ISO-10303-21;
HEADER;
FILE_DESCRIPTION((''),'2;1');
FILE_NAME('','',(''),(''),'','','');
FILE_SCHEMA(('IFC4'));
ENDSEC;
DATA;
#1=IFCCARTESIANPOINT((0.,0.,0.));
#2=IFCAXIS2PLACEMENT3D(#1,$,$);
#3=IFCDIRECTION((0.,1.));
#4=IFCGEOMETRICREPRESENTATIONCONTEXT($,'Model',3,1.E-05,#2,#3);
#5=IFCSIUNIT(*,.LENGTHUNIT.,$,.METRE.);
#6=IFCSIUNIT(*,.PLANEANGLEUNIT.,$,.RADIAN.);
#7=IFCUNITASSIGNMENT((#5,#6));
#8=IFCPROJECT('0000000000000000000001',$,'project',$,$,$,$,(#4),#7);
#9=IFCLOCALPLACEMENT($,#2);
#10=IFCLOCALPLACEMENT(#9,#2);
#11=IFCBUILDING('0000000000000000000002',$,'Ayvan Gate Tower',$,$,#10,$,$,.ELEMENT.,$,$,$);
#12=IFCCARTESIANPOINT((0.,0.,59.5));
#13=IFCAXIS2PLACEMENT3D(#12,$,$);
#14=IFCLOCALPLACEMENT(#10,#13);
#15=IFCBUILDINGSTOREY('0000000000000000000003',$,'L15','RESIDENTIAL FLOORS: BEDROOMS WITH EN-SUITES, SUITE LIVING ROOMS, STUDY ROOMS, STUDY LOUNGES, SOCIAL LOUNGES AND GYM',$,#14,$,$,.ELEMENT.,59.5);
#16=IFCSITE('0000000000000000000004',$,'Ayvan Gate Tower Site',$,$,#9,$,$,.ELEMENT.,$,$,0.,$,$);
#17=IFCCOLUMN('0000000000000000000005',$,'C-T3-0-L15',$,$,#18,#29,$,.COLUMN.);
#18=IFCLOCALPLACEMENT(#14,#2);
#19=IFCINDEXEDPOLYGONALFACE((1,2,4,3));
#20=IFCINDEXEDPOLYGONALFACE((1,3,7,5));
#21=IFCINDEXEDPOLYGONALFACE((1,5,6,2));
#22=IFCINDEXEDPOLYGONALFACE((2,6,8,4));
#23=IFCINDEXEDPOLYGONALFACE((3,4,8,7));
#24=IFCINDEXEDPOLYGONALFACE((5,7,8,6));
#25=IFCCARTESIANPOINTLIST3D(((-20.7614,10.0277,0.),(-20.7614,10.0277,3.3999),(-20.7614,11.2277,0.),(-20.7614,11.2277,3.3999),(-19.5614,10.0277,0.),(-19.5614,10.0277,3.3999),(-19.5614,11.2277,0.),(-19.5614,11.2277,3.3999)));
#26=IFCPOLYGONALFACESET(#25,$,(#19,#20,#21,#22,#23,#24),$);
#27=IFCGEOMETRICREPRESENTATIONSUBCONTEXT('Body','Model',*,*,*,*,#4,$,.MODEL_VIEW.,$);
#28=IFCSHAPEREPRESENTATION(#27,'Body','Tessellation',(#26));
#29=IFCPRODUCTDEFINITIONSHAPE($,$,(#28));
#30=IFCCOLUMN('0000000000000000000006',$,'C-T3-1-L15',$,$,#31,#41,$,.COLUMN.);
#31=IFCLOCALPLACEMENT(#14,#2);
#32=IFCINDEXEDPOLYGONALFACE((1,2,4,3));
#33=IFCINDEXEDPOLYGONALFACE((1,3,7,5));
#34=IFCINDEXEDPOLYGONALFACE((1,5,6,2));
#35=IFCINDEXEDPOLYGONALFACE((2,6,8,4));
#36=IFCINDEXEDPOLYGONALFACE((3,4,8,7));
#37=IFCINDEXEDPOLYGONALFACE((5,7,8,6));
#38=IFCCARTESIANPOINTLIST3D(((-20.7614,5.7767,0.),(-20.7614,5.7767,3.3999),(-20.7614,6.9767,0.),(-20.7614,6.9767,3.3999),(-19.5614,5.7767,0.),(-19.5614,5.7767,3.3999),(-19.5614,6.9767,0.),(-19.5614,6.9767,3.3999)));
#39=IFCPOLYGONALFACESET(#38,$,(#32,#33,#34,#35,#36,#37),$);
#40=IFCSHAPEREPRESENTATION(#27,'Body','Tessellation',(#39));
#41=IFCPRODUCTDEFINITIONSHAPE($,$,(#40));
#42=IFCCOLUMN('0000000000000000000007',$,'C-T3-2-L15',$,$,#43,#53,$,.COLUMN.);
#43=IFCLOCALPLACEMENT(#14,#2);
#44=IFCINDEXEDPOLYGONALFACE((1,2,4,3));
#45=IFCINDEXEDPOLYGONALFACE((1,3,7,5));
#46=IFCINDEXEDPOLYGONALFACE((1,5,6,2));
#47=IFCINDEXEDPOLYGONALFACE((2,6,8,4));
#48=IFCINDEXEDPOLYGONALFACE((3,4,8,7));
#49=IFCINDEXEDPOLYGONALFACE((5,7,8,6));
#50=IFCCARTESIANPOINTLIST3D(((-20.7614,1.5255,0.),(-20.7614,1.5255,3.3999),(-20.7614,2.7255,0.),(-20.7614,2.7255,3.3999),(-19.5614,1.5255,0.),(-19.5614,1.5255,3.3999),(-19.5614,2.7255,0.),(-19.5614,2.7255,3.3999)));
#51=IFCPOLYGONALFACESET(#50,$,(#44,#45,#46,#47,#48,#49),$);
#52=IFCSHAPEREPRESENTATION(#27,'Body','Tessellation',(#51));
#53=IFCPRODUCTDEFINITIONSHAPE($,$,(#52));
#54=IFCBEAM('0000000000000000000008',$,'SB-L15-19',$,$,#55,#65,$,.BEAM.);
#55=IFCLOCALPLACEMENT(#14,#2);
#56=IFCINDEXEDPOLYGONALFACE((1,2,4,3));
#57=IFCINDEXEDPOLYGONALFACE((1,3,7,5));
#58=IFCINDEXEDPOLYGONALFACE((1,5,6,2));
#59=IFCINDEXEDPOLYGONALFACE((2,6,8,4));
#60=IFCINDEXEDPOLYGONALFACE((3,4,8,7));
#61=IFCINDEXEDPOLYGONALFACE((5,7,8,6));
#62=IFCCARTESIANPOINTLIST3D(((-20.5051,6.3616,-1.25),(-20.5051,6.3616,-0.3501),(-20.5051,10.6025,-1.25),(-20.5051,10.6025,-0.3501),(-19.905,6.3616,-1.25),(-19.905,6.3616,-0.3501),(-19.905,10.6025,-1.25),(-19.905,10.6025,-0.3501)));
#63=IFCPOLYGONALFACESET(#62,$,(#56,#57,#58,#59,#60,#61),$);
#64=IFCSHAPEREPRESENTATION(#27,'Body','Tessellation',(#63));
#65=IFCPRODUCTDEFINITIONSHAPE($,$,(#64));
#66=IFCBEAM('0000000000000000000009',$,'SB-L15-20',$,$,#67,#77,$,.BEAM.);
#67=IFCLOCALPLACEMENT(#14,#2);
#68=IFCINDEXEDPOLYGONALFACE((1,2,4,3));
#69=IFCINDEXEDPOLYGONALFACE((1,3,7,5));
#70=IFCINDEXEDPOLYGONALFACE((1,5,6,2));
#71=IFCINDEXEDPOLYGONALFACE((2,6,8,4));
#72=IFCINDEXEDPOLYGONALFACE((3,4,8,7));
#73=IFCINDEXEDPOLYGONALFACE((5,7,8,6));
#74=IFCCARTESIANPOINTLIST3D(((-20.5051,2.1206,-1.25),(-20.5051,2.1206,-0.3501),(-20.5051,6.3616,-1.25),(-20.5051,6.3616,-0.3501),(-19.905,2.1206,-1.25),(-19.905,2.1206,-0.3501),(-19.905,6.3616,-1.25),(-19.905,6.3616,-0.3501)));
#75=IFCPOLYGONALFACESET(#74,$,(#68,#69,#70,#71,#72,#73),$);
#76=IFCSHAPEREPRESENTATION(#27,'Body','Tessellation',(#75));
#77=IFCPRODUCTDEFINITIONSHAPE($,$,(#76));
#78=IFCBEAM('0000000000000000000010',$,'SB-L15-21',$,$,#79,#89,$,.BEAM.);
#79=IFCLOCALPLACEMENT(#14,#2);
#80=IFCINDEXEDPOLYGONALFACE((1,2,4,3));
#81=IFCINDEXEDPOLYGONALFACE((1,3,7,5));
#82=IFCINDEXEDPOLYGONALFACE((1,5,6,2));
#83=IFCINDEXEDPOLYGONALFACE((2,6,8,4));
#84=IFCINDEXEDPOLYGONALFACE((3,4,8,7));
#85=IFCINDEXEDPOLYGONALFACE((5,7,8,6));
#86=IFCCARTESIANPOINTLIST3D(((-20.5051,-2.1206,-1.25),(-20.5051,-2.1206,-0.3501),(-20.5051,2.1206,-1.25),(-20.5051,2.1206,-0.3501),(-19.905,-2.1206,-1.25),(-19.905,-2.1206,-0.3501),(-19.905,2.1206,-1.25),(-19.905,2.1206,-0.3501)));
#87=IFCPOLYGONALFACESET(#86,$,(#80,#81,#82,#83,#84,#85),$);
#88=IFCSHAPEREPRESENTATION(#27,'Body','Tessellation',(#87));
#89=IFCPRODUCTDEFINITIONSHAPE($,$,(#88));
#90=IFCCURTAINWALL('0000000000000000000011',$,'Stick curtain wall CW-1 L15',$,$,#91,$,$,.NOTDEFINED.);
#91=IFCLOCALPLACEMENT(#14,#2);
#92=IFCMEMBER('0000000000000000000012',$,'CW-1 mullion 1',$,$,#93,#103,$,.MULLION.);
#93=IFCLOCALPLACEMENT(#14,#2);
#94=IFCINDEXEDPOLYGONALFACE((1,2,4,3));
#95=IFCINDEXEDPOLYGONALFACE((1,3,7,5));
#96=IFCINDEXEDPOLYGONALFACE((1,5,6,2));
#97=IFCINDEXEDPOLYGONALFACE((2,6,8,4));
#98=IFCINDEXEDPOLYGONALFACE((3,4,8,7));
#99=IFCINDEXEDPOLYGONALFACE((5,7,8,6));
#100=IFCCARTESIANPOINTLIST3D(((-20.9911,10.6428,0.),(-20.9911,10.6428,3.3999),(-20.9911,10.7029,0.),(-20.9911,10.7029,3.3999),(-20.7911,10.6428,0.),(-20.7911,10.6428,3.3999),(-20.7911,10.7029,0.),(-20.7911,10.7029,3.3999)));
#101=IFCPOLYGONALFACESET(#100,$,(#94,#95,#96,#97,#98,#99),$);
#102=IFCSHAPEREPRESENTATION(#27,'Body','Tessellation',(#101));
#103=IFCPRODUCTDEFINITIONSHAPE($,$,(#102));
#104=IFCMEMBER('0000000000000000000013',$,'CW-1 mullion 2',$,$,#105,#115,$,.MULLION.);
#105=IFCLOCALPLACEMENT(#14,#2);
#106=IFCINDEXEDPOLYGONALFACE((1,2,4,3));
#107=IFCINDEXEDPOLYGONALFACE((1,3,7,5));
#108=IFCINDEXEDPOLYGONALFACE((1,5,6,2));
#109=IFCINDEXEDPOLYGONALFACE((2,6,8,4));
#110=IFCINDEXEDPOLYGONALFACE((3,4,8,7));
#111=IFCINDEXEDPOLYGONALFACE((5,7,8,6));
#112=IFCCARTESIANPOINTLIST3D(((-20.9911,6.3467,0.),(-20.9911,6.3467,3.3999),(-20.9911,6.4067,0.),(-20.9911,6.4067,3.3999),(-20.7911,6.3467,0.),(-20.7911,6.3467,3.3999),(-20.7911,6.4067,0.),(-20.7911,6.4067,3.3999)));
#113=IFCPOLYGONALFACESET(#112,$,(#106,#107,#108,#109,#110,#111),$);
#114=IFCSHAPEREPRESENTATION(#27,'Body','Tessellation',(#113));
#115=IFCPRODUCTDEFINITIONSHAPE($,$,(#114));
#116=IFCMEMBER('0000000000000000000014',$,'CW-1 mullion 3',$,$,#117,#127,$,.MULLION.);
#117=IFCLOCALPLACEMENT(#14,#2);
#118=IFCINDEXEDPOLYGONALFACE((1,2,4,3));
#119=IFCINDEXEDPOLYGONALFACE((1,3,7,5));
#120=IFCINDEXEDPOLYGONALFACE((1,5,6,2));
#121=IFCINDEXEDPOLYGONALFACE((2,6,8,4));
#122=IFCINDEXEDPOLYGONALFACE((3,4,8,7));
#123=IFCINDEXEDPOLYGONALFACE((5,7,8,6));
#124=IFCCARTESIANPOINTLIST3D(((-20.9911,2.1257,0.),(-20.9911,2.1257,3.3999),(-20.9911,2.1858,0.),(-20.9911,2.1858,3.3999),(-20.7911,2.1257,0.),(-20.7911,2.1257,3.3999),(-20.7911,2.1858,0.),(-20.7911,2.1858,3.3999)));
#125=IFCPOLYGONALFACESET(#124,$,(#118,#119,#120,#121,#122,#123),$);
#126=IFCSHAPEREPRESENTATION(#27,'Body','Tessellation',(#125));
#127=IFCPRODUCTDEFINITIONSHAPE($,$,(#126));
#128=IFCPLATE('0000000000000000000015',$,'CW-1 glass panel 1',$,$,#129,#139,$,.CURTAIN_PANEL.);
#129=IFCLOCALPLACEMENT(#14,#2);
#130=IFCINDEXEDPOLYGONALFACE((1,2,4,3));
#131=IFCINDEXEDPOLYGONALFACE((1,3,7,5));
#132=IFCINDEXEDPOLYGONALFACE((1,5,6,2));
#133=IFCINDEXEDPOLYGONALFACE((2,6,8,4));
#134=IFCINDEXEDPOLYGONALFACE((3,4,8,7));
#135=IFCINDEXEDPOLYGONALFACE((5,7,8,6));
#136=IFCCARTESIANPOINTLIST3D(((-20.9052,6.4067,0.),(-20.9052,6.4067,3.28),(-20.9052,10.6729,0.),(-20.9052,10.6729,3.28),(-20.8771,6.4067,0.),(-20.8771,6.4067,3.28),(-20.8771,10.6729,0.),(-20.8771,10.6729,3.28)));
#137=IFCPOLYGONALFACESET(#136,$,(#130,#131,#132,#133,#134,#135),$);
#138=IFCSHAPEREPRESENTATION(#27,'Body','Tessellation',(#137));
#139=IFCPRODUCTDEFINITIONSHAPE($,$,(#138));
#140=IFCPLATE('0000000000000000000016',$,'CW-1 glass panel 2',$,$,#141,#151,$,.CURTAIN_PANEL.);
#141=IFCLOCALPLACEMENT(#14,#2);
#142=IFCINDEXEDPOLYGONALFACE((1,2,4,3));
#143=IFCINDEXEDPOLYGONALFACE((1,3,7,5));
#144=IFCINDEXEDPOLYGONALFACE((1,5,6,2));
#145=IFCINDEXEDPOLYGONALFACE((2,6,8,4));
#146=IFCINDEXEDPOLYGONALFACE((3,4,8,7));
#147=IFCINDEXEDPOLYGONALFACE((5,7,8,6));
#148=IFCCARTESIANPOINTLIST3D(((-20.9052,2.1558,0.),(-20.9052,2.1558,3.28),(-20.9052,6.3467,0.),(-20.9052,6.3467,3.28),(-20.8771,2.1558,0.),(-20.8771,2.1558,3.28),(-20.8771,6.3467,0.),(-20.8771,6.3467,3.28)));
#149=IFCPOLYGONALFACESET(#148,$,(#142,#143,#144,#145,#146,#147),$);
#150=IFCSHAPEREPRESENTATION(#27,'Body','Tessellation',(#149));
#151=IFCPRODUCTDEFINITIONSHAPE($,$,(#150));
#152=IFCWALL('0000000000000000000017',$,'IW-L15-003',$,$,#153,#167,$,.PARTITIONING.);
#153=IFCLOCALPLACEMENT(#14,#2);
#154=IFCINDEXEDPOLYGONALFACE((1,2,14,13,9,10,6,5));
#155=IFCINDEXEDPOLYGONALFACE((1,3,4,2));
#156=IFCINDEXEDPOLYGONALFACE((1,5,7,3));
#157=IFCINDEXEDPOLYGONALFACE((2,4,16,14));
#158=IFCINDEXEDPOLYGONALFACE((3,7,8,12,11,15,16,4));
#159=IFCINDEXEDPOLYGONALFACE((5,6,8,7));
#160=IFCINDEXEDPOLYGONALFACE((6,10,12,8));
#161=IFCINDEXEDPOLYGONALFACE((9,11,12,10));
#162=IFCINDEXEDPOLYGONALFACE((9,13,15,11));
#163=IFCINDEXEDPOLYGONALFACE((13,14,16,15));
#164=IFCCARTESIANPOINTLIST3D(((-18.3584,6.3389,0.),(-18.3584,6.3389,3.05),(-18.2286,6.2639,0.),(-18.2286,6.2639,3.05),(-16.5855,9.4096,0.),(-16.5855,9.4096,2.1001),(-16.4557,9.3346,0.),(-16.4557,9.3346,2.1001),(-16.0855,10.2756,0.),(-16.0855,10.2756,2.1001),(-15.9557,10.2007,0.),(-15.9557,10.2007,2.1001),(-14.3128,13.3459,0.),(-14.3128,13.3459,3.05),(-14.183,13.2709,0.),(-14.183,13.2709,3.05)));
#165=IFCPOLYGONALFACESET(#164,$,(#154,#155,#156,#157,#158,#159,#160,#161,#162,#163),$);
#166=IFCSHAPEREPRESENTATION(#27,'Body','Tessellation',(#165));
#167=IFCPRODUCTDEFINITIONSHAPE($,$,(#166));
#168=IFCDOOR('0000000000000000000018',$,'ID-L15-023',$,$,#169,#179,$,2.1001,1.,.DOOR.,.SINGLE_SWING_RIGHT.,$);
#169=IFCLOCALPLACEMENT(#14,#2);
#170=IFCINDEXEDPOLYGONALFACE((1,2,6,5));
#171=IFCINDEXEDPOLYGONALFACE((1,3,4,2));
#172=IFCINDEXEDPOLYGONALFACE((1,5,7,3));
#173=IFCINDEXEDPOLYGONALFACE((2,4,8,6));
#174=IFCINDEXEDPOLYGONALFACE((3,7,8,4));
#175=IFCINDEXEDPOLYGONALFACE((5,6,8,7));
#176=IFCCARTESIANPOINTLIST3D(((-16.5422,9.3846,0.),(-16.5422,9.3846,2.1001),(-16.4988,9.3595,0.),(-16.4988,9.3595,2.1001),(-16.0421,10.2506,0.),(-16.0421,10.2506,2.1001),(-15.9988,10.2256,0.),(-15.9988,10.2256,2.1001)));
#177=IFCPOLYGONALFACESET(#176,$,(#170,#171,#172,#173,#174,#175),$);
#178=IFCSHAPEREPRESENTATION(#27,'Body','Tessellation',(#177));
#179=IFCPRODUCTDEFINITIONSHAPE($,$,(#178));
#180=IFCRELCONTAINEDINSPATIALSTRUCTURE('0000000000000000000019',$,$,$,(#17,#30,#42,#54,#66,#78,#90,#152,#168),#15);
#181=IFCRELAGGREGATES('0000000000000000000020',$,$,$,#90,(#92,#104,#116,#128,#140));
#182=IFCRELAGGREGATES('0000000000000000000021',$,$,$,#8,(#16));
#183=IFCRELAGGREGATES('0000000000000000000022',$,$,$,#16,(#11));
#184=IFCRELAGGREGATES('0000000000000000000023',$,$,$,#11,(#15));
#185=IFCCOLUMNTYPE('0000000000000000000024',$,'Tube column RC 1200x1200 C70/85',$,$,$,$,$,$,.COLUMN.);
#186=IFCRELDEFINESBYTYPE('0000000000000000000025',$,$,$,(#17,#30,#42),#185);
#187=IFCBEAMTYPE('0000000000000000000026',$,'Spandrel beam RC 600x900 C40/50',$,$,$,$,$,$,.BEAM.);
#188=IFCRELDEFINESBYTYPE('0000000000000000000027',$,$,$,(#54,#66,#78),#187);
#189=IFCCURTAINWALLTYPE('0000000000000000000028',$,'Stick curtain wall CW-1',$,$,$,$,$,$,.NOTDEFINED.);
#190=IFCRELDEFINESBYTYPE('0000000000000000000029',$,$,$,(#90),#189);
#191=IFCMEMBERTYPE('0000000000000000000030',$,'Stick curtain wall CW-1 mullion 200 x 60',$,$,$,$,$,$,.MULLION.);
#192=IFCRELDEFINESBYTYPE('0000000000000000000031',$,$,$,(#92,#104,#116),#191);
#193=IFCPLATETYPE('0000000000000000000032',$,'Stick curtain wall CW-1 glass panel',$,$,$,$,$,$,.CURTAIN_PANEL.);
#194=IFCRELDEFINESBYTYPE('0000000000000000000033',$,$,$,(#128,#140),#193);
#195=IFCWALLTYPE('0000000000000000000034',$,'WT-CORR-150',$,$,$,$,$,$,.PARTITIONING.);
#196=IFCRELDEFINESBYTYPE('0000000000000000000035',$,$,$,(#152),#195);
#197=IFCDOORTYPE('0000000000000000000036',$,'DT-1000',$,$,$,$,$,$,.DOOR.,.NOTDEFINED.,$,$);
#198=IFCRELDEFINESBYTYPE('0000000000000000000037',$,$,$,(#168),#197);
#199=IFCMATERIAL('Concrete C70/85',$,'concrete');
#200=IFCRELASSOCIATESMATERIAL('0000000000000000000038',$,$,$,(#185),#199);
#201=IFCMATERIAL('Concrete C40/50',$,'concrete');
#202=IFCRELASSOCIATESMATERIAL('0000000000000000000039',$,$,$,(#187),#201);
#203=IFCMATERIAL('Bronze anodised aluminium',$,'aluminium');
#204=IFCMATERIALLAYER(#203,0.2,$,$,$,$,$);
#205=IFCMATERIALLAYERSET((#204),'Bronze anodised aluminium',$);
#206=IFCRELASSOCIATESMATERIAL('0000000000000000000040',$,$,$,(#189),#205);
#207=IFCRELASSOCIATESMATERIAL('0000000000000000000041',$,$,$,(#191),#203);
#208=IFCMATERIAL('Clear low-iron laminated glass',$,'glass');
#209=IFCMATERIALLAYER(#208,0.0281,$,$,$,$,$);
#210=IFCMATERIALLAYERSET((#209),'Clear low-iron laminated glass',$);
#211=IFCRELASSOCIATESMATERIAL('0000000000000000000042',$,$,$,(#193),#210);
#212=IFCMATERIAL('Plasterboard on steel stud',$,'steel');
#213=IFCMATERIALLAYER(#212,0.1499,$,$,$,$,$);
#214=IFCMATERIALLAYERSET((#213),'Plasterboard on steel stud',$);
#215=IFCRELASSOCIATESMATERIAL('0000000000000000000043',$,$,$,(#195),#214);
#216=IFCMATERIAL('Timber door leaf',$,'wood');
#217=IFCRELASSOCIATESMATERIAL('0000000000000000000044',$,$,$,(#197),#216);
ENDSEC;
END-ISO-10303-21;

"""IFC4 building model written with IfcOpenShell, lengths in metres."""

from ifc_helpers import new_model, si_unit, direction, frame, frame_2d, origin, origin_2d, place, context, subcontext, project, spatial, rectangle, extrude, material, layer, layer_set, material_profile, profile_set, type_object, element, fill, aggregate, save


model = new_model("IFC4")

# Units and contexts
model_context = context("Model", 3, precision=1e-05, world=origin(), true_north=direction((0.0, 1.0)))
body_context = subcontext(model_context, "Body", "Model", "MODEL_VIEW")
ifc_project = project(units=[si_unit("LENGTHUNIT", "METRE"), si_unit("PLANEANGLEUNIT", "RADIAN")], contexts=[model_context])

# Site, building, storey
site_placement = place(None, origin())
site = spatial("IfcSite", under=ifc_project, at=site_placement, Name="Ayvan Gate Tower Site", CompositionType="ELEMENT", RefElevation=0.0)
building_placement = place(site_placement, origin())
building = spatial("IfcBuilding", under=site, at=building_placement, Name="Ayvan Gate Tower", CompositionType="ELEMENT")
storey_placement = place(building_placement, frame((0.0, 0.0, 59.5)))
storey = spatial("IfcBuildingStorey", under=building, at=storey_placement, Name="L15", Description="RESIDENTIAL FLOORS: BEDROOMS WITH EN-SUITES, SUITE LIVING ROOMS, STUDY ROOMS, STUDY LOUNGES, SOCIAL LOUNGES AND GYM", CompositionType="ELEMENT", Elevation=59.5)

# Columns
ifc_material_1 = material(Name="Concrete C70/85", Category="concrete")
ifc_material_profile_1 = material_profile(ifc_material_1, rectangle(XDim=1.2, YDim=1.2, at=origin_2d()), Name="RC 1200x1200")
ifc_profile_set_1 = profile_set([ifc_material_profile_1], Name="Concrete C70/85")
column_type = type_object("IfcColumnType", Name="Tube column RC 1200x1200 C70/85", PredefinedType="COLUMN", material=ifc_profile_set_1)
for number, where, z_axis, x_axis, name in (
    (1, (-20.1614, 10.6277, 0.0), (0.0, 0.0, 1.0), (-1.0, 0.0, 0.0), "C-T3-0-L15"),
    (2, (-20.1614, 6.3767, 0.0), (0.0, 0.0, 1.0), (-1.0, 0.0, 0.0), "C-T3-1-L15"),
    (3, (-20.1614, 2.1255, 0.0), (0.0, 0.0, 1.0), (-1.0, 0.0, 0.0), "C-T3-2-L15"),
):
    element("IfcColumn", number, at=place(storey_placement, frame(where, z_axis=z_axis, x_axis=x_axis)), inside=storey, type_object=column_type, Name=name, PredefinedType="COLUMN", context=body_context, shape_type="SweptSolid", body=[
        extrude(rectangle(XDim=1.2, YDim=1.2, at=origin_2d()), origin(), (0.0, 0.0, 1.0), 3.3999),
    ])

# Beams
ifc_material_2 = material(Name="Concrete C40/50", Category="concrete")
ifc_material_profile_2 = material_profile(ifc_material_2, rectangle(XDim=0.6001, YDim=0.8999, at=origin_2d()), Name="RC 600x900")
ifc_profile_set_2 = profile_set([ifc_material_profile_2], Name="Concrete C40/50")
beam_type = type_object("IfcBeamType", Name="Spandrel beam RC 600x900 C40/50", PredefinedType="BEAM", material=ifc_profile_set_2)
for number, where, z_axis, x_axis, name in (
    (4, (-20.2051, 10.6025, -0.8), (0.0, -1.0, 0.0), (1.0, 0.0, 0.0), "SB-L15-19"),
    (5, (-20.2051, 6.3616, -0.8), (0.0, -1.0, 0.0), (1.0, 0.0, 0.0), "SB-L15-20"),
):
    element("IfcBeam", number, at=place(storey_placement, frame(where, z_axis=z_axis, x_axis=x_axis)), inside=storey, type_object=beam_type, Name=name, PredefinedType="BEAM", context=body_context, shape_type="SweptSolid", body=[
        extrude(rectangle(XDim=0.6001, YDim=0.8999, at=origin_2d()), origin(), (0.0, 0.0, 1.0), 4.241),
    ])
beam_placement = place(storey_placement, frame((-20.2051, 2.1206, -0.8), z_axis=(0.0, -1.0, 0.0), x_axis=(1.0, 0.0, 0.0)))
element("IfcBeam", 6, at=beam_placement, inside=storey, type_object=beam_type, Name="SB-L15-21", PredefinedType="BEAM", context=body_context, shape_type="SweptSolid", body=[
    extrude(rectangle(XDim=0.6001, YDim=0.8999, at=origin_2d()), origin(), (0.0, 0.0, 1.0), 4.2412),
])

# Curtain wall, members, plates
ifc_material_3 = material(Name="Bronze anodised aluminium", Category="aluminium")
ifc_layer_1 = layer(ifc_material_3, 0.2)
ifc_layer_set_1 = layer_set([ifc_layer_1], Name="Bronze anodised aluminium")
curtain_wall_type = type_object("IfcCurtainWallType", Name="Stick curtain wall CW-1", PredefinedType="NOTDEFINED", material=ifc_layer_set_1)
curtain_wall_placement = place(storey_placement, origin())
curtain_wall = element("IfcCurtainWall", 7, at=curtain_wall_placement, inside=storey, type_object=curtain_wall_type, Name="Stick curtain wall CW-1 L15", PredefinedType="NOTDEFINED")
ifc_material_profile_3 = material_profile(ifc_material_3, rectangle(XDim=0.2, YDim=0.0601, at=origin_2d()), Name="Stick curtain wall CW-1 mullion 200 x 60")
ifc_profile_set_3 = profile_set([ifc_material_profile_3], Name="Bronze anodised aluminium")
member_type = type_object("IfcMemberType", Name="Stick curtain wall CW-1 mullion 200 x 60", PredefinedType="MULLION", material=ifc_profile_set_3)
member_1_placement = place(storey_placement, frame((-20.8911, 10.6729, 0.0), z_axis=(0.0, 0.0, 1.0), x_axis=(-1.0, 0.0, 0.0)))
member_1 = element("IfcMember", 8, at=member_1_placement, type_object=member_type, Name="CW-1 mullion 1", PredefinedType="MULLION", context=body_context, shape_type="SweptSolid", body=[
    extrude(rectangle(XDim=0.2, YDim=0.0601, at=origin_2d()), origin(), (0.0, 0.0, 1.0), 3.3999),
])
member_2_placement = place(storey_placement, frame((-20.8911, 6.3767, 0.0), z_axis=(0.0, 0.0, 1.0), x_axis=(-1.0, 0.0, 0.0)))
member_2 = element("IfcMember", 9, at=member_2_placement, type_object=member_type, Name="CW-1 mullion 2", PredefinedType="MULLION", context=body_context, shape_type="SweptSolid", body=[
    extrude(rectangle(XDim=0.2, YDim=0.0601, at=origin_2d()), origin(), (0.0, 0.0, 1.0), 3.3999),
])
member_3_placement = place(storey_placement, frame((-20.8911, 2.1558, 0.0), z_axis=(0.0, 0.0, 1.0), x_axis=(-1.0, 0.0, 0.0)))
member_3 = element("IfcMember", 10, at=member_3_placement, type_object=member_type, Name="CW-1 mullion 3", PredefinedType="MULLION", context=body_context, shape_type="SweptSolid", body=[
    extrude(rectangle(XDim=0.2, YDim=0.0601, at=origin_2d()), origin(), (0.0, 0.0, 1.0), 3.3999),
])
ifc_material_4 = material(Name="Clear low-iron laminated glass", Category="glass")
ifc_layer_2 = layer(ifc_material_4, 0.0281)
ifc_layer_set_2 = layer_set([ifc_layer_2], Name="Clear low-iron laminated glass")
plate_type = type_object("IfcPlateType", Name="Stick curtain wall CW-1 glass panel", PredefinedType="CURTAIN_PANEL", material=ifc_layer_set_2)
plate_1_placement = place(storey_placement, frame((-20.8911, 8.5398, 0.0), z_axis=(0.0, 0.0, 1.0), x_axis=(0.0, -1.0, 0.0)))
plate_1 = element("IfcPlate", 11, at=plate_1_placement, type_object=plate_type, Name="CW-1 glass panel 1", PredefinedType="CURTAIN_PANEL", context=body_context, shape_type="SweptSolid", body=[
    extrude(rectangle(XDim=4.2661, YDim=0.0281, at=origin_2d()), origin(), (0.0, 0.0, 1.0), 3.28),
])
plate_2_placement = place(storey_placement, frame((-20.8911, 4.2512, 0.0), z_axis=(0.0, 0.0, 1.0), x_axis=(0.0, -1.0, 0.0)))
plate_2 = element("IfcPlate", 12, at=plate_2_placement, type_object=plate_type, Name="CW-1 glass panel 2", PredefinedType="CURTAIN_PANEL", context=body_context, shape_type="SweptSolid", body=[
    extrude(rectangle(XDim=4.1909, YDim=0.0281, at=origin_2d()), origin(), (0.0, 0.0, 1.0), 3.28),
])
aggregate(curtain_wall, [member_1, member_2, member_3, plate_1, plate_2])

# Wall, opening, door
ifc_material_5 = material(Name="Plasterboard on steel stud", Category="steel")
ifc_layer_3 = layer(ifc_material_5, 0.1499)
ifc_layer_set_3 = layer_set([ifc_layer_3], Name="Plasterboard on steel stud")
wall_type_1 = type_object("IfcWallType", Name="WT-CORR-150", PredefinedType="PARTITIONING", material=ifc_layer_set_3)
wall_1_placement = place(storey_placement, frame((-18.2935, 6.3015, 0.0), z_axis=(0.0, 0.0, 1.0), x_axis=(0.500011, 0.866019, 0.0)))
wall_1 = element("IfcWall", 13, at=wall_1_placement, inside=storey, type_object=wall_type_1, Name="IW-L15-003", PredefinedType="PARTITIONING", context=body_context, shape_type="SweptSolid", body=[
    extrude(rectangle(XDim=8.0911, YDim=0.1499, at=frame_2d((4.0454, 0.0))), origin(), (0.0, 0.0, 1.0), 3.05),
])
opening_1_placement = place(wall_1_placement, frame((3.5457, 0.0, 0.0)))
opening_1 = element("IfcOpeningElement", 14, at=opening_1_placement, cuts=wall_1, PredefinedType="OPENING", context=body_context, shape_type="SweptSolid", body=[
    extrude(rectangle(XDim=1.0, YDim=2.1001, at=frame_2d((0.5, 1.05))), frame((0.0, 0.085, 0.0), z_axis=(0.0, -1.0, 0.0), x_axis=(1.0, 0.0, 0.0)), (0.0, 0.0, 1.0), 0.1699),
])
ifc_material_6 = material(Name="Timber door leaf", Category="wood")
door_type_1 = type_object("IfcDoorType", Name="DT-1000", OperationType="NOTDEFINED", PredefinedType="DOOR", material=ifc_material_6)
door_1_placement = place(opening_1_placement, origin())
door_1 = element("IfcDoor", 15, at=door_1_placement, inside=storey, type_object=door_type_1, Name="ID-L15-023", OperationType="SINGLE_SWING_RIGHT", OverallHeight=2.1001, OverallWidth=1.0, PredefinedType="DOOR", context=body_context, shape_type="SweptSolid", body=[
    extrude(rectangle(XDim=1.0, YDim=2.1001, at=frame_2d((0.5, 1.05))), frame((0.0, 0.0249, 0.0), z_axis=(0.0, -1.0, 0.0), x_axis=(1.0, 0.0, 0.0)), (0.0, 0.0, 1.0), 0.05),
])
fill(opening_1, door_1)

save(model, "model.ifc")
